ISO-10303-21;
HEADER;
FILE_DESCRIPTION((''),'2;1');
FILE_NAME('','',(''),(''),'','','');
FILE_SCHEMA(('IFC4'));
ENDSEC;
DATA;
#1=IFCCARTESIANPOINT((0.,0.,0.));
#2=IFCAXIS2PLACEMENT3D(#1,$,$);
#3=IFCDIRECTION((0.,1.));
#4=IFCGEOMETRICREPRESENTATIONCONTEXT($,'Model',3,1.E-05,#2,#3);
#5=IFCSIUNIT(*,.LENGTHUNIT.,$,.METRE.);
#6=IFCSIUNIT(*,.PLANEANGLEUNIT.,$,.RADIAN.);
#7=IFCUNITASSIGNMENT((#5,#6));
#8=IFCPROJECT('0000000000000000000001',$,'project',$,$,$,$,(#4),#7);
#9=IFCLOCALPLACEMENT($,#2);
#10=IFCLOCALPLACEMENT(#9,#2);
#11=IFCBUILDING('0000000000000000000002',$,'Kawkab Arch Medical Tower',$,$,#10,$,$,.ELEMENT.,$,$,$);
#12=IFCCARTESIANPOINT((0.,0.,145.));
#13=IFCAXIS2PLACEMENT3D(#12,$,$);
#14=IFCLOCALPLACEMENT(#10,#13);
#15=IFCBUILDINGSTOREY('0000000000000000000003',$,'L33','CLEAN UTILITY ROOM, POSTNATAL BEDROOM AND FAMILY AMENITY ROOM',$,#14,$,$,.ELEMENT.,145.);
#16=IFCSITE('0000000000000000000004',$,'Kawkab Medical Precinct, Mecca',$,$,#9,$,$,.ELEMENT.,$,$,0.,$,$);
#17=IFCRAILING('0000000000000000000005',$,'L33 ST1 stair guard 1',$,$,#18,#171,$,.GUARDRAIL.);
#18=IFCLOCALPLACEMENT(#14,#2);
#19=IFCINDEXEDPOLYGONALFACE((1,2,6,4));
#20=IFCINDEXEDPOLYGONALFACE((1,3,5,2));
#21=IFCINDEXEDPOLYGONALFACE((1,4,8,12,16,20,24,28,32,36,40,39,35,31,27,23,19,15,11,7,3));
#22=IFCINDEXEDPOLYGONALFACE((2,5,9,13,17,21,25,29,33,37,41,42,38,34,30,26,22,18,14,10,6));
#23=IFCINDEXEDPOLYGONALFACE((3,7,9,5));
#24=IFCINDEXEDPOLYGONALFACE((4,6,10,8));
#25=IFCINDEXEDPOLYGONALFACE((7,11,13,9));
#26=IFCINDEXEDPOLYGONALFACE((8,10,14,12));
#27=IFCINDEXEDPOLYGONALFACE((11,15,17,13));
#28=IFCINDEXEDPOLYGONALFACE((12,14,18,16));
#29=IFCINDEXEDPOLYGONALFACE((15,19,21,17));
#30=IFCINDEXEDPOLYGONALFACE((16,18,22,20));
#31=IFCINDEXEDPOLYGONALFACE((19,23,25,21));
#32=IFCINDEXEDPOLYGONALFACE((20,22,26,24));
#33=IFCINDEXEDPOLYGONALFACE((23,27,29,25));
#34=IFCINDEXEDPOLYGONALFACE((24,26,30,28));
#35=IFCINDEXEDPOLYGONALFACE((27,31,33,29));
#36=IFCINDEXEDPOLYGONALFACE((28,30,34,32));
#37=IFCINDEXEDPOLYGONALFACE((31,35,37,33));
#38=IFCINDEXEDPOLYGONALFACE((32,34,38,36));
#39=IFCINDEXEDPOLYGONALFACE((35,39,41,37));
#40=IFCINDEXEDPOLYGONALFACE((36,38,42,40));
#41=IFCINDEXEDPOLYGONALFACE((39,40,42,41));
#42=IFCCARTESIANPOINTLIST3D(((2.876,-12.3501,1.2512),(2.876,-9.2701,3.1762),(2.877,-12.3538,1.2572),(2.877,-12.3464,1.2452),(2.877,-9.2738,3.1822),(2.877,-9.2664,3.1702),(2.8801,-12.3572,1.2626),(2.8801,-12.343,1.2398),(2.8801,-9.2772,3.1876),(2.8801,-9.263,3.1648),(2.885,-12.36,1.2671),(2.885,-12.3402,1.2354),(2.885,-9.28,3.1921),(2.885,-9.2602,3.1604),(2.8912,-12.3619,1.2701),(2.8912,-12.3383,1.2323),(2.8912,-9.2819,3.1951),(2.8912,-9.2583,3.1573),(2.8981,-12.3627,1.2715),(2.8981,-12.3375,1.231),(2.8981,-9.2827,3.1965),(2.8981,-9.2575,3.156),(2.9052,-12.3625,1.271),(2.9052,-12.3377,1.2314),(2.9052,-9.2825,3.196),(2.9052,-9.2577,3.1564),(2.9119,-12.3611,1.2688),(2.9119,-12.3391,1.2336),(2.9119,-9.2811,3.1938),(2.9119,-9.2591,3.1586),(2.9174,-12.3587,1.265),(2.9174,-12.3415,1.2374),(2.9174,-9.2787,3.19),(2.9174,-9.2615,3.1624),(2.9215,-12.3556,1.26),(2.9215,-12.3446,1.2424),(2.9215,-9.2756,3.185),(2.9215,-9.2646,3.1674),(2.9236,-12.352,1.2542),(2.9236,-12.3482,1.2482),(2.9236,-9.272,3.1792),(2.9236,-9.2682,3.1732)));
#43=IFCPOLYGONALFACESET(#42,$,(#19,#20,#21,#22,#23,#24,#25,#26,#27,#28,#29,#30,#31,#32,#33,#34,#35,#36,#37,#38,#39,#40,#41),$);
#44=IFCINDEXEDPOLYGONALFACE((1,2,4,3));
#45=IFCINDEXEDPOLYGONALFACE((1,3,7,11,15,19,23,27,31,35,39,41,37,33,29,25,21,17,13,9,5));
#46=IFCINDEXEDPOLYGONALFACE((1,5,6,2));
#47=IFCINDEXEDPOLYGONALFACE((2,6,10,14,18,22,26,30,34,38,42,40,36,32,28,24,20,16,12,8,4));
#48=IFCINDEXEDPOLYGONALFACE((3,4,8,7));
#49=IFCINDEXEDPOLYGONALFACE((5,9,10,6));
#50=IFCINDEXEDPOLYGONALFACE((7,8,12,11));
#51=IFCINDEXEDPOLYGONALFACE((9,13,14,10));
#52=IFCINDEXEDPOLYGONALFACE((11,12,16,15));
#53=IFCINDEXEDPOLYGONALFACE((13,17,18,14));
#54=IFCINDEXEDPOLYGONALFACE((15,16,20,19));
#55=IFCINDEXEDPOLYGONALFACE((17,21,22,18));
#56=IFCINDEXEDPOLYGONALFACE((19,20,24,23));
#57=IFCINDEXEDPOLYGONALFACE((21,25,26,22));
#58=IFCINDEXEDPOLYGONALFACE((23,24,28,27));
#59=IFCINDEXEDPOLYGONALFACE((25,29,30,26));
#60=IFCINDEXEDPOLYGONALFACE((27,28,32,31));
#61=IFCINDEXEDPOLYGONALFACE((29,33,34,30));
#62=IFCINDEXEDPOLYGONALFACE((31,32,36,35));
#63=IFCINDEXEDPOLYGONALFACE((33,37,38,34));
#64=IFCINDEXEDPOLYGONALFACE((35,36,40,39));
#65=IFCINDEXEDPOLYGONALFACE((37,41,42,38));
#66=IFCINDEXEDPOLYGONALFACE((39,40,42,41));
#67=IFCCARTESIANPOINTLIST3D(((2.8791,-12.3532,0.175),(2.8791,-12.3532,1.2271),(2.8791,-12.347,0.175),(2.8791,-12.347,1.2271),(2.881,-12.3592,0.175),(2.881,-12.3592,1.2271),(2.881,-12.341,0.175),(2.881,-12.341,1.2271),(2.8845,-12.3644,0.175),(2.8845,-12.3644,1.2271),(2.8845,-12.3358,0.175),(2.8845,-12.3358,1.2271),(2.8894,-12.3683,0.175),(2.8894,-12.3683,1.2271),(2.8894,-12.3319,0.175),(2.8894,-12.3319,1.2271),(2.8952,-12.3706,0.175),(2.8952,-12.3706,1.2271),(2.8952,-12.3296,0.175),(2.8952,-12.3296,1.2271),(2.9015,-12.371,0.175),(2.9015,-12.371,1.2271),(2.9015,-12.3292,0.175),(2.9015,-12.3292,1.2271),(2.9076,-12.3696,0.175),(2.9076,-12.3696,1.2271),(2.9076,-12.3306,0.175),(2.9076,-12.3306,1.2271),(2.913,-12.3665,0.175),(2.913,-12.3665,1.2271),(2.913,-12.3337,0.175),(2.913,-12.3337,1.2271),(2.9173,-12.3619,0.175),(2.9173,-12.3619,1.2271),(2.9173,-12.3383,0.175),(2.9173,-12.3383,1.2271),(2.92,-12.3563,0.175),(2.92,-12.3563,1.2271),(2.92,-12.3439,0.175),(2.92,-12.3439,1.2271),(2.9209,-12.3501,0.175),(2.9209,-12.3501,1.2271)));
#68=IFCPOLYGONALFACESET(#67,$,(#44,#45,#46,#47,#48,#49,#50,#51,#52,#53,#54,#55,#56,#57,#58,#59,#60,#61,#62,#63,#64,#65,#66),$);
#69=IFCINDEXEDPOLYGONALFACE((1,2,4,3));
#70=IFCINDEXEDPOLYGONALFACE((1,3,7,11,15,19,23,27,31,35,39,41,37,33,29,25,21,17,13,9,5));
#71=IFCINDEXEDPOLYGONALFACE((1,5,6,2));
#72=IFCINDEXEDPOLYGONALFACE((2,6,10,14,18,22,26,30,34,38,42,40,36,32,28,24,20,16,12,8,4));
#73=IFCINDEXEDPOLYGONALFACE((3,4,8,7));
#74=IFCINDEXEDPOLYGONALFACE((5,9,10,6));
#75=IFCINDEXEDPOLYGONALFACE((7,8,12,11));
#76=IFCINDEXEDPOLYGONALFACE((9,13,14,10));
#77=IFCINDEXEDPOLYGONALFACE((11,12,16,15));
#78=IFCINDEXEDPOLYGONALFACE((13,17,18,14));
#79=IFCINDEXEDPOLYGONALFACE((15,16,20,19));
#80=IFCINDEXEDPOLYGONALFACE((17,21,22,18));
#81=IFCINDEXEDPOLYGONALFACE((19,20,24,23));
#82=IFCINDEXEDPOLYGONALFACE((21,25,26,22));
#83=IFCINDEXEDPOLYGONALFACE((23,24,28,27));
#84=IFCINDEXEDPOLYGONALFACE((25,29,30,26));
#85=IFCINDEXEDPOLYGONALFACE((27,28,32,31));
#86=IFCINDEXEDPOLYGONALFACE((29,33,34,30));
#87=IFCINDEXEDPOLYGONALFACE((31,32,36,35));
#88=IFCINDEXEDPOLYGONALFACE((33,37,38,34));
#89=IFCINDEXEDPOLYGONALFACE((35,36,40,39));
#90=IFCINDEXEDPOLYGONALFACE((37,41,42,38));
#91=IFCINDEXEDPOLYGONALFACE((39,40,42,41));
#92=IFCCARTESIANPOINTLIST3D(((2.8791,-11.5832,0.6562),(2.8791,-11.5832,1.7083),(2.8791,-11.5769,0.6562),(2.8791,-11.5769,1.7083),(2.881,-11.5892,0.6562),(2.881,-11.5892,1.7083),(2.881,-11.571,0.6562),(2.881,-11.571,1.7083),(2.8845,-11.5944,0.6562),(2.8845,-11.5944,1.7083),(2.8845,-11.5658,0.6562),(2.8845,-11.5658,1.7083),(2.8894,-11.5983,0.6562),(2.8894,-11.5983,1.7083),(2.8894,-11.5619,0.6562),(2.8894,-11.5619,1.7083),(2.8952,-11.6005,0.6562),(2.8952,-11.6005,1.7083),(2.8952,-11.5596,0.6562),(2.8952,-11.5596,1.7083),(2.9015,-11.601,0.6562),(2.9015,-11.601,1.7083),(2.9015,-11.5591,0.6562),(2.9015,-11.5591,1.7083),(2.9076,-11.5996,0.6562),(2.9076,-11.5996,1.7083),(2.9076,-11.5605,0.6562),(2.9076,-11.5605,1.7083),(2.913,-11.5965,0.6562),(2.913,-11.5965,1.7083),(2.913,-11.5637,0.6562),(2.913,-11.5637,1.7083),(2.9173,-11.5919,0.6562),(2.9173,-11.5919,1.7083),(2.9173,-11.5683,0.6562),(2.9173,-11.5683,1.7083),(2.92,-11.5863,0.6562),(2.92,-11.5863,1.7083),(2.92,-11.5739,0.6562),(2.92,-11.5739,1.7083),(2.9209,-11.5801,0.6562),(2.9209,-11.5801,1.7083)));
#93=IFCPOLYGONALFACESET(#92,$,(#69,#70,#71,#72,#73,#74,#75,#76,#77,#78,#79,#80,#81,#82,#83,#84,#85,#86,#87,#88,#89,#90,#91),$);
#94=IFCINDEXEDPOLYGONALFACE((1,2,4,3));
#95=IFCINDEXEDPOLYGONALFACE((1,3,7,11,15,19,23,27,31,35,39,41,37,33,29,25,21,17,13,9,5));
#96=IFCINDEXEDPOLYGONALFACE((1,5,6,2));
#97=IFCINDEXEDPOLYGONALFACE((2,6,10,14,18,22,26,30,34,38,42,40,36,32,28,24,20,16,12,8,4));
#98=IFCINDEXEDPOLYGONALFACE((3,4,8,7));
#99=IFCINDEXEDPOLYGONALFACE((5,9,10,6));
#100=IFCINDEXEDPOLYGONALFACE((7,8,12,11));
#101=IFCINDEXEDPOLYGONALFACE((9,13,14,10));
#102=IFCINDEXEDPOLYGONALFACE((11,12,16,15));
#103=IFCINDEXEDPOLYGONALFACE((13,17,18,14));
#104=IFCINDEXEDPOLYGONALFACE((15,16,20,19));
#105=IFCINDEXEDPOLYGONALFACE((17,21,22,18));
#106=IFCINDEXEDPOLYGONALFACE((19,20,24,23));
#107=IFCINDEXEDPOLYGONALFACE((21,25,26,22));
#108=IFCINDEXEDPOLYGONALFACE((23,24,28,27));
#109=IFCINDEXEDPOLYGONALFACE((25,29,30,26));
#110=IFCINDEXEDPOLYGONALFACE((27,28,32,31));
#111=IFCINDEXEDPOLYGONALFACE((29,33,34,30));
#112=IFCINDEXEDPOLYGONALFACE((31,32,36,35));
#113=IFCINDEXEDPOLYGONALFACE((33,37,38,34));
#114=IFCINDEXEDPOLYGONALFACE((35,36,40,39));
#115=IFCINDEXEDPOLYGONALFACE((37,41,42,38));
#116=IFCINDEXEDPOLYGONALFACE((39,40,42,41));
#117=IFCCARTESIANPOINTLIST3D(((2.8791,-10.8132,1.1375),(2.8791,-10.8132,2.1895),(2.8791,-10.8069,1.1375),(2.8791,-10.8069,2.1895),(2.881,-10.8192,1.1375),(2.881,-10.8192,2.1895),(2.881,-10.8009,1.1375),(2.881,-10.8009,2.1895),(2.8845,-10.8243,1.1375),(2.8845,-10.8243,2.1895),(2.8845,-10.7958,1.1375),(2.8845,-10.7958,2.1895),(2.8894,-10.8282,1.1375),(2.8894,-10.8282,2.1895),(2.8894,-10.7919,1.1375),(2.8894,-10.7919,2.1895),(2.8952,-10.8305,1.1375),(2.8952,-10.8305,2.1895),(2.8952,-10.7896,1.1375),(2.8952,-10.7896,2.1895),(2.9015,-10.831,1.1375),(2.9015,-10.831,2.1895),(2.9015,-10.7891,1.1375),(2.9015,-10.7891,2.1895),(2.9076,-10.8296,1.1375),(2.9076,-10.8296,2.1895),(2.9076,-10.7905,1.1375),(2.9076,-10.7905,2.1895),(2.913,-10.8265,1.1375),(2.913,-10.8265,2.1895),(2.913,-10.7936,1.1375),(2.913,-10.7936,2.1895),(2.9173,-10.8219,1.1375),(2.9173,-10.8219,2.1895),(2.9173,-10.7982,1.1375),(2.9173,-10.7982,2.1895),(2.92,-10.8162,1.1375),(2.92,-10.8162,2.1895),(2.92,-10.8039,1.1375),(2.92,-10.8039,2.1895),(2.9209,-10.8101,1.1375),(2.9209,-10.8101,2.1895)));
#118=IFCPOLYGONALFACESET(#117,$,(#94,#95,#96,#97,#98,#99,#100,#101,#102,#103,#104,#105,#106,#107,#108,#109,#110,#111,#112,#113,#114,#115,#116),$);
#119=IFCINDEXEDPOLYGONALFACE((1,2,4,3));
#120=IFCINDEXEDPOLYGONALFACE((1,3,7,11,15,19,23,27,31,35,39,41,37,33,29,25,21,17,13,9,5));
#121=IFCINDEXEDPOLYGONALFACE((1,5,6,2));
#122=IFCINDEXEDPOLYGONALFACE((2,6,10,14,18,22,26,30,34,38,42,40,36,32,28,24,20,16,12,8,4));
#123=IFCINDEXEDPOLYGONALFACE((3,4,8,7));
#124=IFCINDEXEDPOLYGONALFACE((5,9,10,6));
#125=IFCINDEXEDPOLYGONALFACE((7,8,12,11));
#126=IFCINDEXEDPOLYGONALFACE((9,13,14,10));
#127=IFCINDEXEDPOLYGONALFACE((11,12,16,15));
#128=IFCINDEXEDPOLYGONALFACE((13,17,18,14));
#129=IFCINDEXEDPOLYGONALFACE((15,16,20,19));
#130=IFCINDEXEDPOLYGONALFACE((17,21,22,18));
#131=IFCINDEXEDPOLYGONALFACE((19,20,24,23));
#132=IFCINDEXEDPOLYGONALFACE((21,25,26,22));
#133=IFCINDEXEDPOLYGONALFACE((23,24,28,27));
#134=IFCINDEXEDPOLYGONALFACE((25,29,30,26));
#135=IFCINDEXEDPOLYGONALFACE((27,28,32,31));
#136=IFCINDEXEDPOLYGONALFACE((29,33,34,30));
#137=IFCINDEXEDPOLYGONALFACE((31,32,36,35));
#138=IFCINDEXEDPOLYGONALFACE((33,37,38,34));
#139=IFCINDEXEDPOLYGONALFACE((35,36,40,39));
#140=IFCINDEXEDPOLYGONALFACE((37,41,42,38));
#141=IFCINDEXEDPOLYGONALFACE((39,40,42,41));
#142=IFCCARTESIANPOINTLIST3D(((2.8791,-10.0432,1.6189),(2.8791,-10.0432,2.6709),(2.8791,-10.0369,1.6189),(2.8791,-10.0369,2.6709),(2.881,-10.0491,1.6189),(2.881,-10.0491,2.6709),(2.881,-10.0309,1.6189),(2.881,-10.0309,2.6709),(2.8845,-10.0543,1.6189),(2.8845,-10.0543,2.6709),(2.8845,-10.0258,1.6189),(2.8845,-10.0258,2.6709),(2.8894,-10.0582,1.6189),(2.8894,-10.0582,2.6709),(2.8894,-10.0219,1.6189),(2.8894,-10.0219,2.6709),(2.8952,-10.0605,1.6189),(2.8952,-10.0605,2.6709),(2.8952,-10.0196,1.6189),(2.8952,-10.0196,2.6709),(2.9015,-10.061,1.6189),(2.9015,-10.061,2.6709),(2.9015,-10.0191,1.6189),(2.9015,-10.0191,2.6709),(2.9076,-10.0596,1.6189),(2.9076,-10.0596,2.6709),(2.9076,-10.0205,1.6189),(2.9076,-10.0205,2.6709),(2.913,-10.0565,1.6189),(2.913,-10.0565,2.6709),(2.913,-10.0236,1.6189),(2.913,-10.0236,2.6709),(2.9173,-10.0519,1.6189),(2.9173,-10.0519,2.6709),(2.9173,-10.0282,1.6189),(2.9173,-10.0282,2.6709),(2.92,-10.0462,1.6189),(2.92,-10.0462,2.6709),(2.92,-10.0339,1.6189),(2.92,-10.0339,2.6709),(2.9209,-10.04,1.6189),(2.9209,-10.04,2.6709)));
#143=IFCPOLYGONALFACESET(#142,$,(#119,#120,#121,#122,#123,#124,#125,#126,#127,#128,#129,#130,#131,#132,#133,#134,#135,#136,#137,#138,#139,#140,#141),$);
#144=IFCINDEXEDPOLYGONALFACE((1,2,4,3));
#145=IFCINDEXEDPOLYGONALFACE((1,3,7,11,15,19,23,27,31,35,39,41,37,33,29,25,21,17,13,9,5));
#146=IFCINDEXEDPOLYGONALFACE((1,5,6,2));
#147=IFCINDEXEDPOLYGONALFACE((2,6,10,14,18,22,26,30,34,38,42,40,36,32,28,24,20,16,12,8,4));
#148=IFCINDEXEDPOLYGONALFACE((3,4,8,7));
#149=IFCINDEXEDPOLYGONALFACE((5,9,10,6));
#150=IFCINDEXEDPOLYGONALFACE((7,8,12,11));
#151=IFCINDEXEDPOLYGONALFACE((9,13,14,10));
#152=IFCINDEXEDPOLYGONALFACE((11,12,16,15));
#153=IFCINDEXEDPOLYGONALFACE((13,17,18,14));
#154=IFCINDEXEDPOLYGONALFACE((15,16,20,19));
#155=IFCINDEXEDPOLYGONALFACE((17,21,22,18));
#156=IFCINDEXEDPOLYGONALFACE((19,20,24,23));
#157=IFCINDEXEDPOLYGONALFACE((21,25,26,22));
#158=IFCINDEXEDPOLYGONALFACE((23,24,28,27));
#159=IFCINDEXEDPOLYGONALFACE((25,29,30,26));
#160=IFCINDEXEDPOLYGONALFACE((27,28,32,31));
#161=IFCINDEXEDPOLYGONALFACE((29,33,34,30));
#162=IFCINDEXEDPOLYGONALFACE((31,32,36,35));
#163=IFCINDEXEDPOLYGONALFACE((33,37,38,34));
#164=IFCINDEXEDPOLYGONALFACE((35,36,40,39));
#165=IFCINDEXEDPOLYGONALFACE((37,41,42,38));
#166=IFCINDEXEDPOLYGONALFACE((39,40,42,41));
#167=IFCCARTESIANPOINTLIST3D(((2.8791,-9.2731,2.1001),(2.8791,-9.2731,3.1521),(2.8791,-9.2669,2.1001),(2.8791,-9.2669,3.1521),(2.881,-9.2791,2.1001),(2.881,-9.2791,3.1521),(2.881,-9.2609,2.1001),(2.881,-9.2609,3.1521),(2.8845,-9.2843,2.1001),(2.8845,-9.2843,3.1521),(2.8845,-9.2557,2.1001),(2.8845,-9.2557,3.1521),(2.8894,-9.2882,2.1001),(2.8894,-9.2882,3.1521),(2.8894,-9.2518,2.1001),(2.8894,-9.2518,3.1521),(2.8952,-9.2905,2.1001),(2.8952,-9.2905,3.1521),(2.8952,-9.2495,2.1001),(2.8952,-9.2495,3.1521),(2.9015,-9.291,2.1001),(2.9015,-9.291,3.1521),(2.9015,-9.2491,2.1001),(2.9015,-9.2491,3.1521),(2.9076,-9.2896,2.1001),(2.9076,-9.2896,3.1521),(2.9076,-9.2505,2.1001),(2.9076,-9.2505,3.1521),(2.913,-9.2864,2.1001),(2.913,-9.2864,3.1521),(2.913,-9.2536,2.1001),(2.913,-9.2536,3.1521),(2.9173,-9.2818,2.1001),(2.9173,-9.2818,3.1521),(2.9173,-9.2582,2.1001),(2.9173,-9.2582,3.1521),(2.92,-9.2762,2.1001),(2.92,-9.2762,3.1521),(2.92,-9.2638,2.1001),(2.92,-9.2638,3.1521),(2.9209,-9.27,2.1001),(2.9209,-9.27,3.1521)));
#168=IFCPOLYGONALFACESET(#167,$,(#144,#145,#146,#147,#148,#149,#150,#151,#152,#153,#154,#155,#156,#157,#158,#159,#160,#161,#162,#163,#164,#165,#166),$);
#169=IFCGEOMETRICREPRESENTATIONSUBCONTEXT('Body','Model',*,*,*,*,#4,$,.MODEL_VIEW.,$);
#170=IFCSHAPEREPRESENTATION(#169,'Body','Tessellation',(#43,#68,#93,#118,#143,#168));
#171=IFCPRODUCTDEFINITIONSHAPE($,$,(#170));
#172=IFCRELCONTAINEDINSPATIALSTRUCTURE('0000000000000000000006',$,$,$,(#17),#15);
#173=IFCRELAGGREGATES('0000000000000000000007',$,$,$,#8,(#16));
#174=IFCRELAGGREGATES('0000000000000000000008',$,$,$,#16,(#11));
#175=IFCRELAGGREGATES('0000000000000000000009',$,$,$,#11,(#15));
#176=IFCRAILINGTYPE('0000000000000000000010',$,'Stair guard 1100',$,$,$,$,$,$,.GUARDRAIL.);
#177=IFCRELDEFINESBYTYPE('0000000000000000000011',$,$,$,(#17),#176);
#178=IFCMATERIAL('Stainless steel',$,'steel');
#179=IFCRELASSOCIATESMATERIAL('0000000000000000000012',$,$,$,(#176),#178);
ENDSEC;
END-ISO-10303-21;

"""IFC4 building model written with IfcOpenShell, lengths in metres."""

from ifc_helpers import new_model, si_unit, direction, frame, origin, origin_2d, place, context, subcontext, project, spatial, circle, extrude, material, type_object, element, save


model = new_model("IFC4")

# Units and contexts
model_context = context("Model", 3, precision=1e-05, world=origin(), true_north=direction((0.0, 1.0)))
body_context = subcontext(model_context, "Body", "Model", "MODEL_VIEW")
ifc_project = project(units=[si_unit("LENGTHUNIT", "METRE"), si_unit("PLANEANGLEUNIT", "RADIAN")], contexts=[model_context])

# Site, building, storey
site_placement = place(None, origin())
site = spatial("IfcSite", under=ifc_project, at=site_placement, Name="Kawkab Medical Precinct, Mecca", CompositionType="ELEMENT", RefElevation=0.0)
building_placement = place(site_placement, origin())
building = spatial("IfcBuilding", under=site, at=building_placement, Name="Kawkab Arch Medical Tower", CompositionType="ELEMENT")
storey_placement = place(building_placement, frame((0.0, 0.0, 145.0)))
storey = spatial("IfcBuildingStorey", under=building, at=storey_placement, Name="L33", Description="CLEAN UTILITY ROOM, POSTNATAL BEDROOM AND FAMILY AMENITY ROOM", CompositionType="ELEMENT", Elevation=145.0)

# Railing
ifc_material_1 = material(Name="Stainless steel", Category="steel")
railing_type_1 = type_object("IfcRailingType", Name="Stair guard 1100", PredefinedType="GUARDRAIL", material=ifc_material_1)
railing_1_placement = place(storey_placement, frame((2.8999, -12.3501, 0.175)))
element("IfcRailing", 1, at=railing_1_placement, inside=storey, type_object=railing_type_1, Name="L33 ST1 stair guard 1", PredefinedType="GUARDRAIL", context=body_context, shape_type="SweptSolid", body=[
    extrude(circle(Radius=0.0239, at=origin_2d()), frame((0.0, 0.0, 1.0762), z_axis=(0.0, 0.847998, 0.529999), x_axis=(-1.0, 0.0, 0.0)), (0.0, 0.0, 1.0), 3.6321),
    extrude(circle(Radius=0.021, at=origin_2d()), origin(), (0.0, 0.0, 1.0), 1.052),
    extrude(circle(Radius=0.021, at=origin_2d()), frame((0.0, 0.77, 0.4812)), (0.0, 0.0, 1.0), 1.052),
    extrude(circle(Radius=0.021, at=origin_2d()), frame((0.0, 1.54, 0.9624)), (0.0, 0.0, 1.0), 1.052),
    extrude(circle(Radius=0.021, at=origin_2d()), frame((0.0, 2.3101, 1.4438)), (0.0, 0.0, 1.0), 1.052),
    extrude(circle(Radius=0.021, at=origin_2d()), frame((0.0, 3.0801, 1.925)), (0.0, 0.0, 1.0), 1.052),
])

save(model, "model.ifc")
